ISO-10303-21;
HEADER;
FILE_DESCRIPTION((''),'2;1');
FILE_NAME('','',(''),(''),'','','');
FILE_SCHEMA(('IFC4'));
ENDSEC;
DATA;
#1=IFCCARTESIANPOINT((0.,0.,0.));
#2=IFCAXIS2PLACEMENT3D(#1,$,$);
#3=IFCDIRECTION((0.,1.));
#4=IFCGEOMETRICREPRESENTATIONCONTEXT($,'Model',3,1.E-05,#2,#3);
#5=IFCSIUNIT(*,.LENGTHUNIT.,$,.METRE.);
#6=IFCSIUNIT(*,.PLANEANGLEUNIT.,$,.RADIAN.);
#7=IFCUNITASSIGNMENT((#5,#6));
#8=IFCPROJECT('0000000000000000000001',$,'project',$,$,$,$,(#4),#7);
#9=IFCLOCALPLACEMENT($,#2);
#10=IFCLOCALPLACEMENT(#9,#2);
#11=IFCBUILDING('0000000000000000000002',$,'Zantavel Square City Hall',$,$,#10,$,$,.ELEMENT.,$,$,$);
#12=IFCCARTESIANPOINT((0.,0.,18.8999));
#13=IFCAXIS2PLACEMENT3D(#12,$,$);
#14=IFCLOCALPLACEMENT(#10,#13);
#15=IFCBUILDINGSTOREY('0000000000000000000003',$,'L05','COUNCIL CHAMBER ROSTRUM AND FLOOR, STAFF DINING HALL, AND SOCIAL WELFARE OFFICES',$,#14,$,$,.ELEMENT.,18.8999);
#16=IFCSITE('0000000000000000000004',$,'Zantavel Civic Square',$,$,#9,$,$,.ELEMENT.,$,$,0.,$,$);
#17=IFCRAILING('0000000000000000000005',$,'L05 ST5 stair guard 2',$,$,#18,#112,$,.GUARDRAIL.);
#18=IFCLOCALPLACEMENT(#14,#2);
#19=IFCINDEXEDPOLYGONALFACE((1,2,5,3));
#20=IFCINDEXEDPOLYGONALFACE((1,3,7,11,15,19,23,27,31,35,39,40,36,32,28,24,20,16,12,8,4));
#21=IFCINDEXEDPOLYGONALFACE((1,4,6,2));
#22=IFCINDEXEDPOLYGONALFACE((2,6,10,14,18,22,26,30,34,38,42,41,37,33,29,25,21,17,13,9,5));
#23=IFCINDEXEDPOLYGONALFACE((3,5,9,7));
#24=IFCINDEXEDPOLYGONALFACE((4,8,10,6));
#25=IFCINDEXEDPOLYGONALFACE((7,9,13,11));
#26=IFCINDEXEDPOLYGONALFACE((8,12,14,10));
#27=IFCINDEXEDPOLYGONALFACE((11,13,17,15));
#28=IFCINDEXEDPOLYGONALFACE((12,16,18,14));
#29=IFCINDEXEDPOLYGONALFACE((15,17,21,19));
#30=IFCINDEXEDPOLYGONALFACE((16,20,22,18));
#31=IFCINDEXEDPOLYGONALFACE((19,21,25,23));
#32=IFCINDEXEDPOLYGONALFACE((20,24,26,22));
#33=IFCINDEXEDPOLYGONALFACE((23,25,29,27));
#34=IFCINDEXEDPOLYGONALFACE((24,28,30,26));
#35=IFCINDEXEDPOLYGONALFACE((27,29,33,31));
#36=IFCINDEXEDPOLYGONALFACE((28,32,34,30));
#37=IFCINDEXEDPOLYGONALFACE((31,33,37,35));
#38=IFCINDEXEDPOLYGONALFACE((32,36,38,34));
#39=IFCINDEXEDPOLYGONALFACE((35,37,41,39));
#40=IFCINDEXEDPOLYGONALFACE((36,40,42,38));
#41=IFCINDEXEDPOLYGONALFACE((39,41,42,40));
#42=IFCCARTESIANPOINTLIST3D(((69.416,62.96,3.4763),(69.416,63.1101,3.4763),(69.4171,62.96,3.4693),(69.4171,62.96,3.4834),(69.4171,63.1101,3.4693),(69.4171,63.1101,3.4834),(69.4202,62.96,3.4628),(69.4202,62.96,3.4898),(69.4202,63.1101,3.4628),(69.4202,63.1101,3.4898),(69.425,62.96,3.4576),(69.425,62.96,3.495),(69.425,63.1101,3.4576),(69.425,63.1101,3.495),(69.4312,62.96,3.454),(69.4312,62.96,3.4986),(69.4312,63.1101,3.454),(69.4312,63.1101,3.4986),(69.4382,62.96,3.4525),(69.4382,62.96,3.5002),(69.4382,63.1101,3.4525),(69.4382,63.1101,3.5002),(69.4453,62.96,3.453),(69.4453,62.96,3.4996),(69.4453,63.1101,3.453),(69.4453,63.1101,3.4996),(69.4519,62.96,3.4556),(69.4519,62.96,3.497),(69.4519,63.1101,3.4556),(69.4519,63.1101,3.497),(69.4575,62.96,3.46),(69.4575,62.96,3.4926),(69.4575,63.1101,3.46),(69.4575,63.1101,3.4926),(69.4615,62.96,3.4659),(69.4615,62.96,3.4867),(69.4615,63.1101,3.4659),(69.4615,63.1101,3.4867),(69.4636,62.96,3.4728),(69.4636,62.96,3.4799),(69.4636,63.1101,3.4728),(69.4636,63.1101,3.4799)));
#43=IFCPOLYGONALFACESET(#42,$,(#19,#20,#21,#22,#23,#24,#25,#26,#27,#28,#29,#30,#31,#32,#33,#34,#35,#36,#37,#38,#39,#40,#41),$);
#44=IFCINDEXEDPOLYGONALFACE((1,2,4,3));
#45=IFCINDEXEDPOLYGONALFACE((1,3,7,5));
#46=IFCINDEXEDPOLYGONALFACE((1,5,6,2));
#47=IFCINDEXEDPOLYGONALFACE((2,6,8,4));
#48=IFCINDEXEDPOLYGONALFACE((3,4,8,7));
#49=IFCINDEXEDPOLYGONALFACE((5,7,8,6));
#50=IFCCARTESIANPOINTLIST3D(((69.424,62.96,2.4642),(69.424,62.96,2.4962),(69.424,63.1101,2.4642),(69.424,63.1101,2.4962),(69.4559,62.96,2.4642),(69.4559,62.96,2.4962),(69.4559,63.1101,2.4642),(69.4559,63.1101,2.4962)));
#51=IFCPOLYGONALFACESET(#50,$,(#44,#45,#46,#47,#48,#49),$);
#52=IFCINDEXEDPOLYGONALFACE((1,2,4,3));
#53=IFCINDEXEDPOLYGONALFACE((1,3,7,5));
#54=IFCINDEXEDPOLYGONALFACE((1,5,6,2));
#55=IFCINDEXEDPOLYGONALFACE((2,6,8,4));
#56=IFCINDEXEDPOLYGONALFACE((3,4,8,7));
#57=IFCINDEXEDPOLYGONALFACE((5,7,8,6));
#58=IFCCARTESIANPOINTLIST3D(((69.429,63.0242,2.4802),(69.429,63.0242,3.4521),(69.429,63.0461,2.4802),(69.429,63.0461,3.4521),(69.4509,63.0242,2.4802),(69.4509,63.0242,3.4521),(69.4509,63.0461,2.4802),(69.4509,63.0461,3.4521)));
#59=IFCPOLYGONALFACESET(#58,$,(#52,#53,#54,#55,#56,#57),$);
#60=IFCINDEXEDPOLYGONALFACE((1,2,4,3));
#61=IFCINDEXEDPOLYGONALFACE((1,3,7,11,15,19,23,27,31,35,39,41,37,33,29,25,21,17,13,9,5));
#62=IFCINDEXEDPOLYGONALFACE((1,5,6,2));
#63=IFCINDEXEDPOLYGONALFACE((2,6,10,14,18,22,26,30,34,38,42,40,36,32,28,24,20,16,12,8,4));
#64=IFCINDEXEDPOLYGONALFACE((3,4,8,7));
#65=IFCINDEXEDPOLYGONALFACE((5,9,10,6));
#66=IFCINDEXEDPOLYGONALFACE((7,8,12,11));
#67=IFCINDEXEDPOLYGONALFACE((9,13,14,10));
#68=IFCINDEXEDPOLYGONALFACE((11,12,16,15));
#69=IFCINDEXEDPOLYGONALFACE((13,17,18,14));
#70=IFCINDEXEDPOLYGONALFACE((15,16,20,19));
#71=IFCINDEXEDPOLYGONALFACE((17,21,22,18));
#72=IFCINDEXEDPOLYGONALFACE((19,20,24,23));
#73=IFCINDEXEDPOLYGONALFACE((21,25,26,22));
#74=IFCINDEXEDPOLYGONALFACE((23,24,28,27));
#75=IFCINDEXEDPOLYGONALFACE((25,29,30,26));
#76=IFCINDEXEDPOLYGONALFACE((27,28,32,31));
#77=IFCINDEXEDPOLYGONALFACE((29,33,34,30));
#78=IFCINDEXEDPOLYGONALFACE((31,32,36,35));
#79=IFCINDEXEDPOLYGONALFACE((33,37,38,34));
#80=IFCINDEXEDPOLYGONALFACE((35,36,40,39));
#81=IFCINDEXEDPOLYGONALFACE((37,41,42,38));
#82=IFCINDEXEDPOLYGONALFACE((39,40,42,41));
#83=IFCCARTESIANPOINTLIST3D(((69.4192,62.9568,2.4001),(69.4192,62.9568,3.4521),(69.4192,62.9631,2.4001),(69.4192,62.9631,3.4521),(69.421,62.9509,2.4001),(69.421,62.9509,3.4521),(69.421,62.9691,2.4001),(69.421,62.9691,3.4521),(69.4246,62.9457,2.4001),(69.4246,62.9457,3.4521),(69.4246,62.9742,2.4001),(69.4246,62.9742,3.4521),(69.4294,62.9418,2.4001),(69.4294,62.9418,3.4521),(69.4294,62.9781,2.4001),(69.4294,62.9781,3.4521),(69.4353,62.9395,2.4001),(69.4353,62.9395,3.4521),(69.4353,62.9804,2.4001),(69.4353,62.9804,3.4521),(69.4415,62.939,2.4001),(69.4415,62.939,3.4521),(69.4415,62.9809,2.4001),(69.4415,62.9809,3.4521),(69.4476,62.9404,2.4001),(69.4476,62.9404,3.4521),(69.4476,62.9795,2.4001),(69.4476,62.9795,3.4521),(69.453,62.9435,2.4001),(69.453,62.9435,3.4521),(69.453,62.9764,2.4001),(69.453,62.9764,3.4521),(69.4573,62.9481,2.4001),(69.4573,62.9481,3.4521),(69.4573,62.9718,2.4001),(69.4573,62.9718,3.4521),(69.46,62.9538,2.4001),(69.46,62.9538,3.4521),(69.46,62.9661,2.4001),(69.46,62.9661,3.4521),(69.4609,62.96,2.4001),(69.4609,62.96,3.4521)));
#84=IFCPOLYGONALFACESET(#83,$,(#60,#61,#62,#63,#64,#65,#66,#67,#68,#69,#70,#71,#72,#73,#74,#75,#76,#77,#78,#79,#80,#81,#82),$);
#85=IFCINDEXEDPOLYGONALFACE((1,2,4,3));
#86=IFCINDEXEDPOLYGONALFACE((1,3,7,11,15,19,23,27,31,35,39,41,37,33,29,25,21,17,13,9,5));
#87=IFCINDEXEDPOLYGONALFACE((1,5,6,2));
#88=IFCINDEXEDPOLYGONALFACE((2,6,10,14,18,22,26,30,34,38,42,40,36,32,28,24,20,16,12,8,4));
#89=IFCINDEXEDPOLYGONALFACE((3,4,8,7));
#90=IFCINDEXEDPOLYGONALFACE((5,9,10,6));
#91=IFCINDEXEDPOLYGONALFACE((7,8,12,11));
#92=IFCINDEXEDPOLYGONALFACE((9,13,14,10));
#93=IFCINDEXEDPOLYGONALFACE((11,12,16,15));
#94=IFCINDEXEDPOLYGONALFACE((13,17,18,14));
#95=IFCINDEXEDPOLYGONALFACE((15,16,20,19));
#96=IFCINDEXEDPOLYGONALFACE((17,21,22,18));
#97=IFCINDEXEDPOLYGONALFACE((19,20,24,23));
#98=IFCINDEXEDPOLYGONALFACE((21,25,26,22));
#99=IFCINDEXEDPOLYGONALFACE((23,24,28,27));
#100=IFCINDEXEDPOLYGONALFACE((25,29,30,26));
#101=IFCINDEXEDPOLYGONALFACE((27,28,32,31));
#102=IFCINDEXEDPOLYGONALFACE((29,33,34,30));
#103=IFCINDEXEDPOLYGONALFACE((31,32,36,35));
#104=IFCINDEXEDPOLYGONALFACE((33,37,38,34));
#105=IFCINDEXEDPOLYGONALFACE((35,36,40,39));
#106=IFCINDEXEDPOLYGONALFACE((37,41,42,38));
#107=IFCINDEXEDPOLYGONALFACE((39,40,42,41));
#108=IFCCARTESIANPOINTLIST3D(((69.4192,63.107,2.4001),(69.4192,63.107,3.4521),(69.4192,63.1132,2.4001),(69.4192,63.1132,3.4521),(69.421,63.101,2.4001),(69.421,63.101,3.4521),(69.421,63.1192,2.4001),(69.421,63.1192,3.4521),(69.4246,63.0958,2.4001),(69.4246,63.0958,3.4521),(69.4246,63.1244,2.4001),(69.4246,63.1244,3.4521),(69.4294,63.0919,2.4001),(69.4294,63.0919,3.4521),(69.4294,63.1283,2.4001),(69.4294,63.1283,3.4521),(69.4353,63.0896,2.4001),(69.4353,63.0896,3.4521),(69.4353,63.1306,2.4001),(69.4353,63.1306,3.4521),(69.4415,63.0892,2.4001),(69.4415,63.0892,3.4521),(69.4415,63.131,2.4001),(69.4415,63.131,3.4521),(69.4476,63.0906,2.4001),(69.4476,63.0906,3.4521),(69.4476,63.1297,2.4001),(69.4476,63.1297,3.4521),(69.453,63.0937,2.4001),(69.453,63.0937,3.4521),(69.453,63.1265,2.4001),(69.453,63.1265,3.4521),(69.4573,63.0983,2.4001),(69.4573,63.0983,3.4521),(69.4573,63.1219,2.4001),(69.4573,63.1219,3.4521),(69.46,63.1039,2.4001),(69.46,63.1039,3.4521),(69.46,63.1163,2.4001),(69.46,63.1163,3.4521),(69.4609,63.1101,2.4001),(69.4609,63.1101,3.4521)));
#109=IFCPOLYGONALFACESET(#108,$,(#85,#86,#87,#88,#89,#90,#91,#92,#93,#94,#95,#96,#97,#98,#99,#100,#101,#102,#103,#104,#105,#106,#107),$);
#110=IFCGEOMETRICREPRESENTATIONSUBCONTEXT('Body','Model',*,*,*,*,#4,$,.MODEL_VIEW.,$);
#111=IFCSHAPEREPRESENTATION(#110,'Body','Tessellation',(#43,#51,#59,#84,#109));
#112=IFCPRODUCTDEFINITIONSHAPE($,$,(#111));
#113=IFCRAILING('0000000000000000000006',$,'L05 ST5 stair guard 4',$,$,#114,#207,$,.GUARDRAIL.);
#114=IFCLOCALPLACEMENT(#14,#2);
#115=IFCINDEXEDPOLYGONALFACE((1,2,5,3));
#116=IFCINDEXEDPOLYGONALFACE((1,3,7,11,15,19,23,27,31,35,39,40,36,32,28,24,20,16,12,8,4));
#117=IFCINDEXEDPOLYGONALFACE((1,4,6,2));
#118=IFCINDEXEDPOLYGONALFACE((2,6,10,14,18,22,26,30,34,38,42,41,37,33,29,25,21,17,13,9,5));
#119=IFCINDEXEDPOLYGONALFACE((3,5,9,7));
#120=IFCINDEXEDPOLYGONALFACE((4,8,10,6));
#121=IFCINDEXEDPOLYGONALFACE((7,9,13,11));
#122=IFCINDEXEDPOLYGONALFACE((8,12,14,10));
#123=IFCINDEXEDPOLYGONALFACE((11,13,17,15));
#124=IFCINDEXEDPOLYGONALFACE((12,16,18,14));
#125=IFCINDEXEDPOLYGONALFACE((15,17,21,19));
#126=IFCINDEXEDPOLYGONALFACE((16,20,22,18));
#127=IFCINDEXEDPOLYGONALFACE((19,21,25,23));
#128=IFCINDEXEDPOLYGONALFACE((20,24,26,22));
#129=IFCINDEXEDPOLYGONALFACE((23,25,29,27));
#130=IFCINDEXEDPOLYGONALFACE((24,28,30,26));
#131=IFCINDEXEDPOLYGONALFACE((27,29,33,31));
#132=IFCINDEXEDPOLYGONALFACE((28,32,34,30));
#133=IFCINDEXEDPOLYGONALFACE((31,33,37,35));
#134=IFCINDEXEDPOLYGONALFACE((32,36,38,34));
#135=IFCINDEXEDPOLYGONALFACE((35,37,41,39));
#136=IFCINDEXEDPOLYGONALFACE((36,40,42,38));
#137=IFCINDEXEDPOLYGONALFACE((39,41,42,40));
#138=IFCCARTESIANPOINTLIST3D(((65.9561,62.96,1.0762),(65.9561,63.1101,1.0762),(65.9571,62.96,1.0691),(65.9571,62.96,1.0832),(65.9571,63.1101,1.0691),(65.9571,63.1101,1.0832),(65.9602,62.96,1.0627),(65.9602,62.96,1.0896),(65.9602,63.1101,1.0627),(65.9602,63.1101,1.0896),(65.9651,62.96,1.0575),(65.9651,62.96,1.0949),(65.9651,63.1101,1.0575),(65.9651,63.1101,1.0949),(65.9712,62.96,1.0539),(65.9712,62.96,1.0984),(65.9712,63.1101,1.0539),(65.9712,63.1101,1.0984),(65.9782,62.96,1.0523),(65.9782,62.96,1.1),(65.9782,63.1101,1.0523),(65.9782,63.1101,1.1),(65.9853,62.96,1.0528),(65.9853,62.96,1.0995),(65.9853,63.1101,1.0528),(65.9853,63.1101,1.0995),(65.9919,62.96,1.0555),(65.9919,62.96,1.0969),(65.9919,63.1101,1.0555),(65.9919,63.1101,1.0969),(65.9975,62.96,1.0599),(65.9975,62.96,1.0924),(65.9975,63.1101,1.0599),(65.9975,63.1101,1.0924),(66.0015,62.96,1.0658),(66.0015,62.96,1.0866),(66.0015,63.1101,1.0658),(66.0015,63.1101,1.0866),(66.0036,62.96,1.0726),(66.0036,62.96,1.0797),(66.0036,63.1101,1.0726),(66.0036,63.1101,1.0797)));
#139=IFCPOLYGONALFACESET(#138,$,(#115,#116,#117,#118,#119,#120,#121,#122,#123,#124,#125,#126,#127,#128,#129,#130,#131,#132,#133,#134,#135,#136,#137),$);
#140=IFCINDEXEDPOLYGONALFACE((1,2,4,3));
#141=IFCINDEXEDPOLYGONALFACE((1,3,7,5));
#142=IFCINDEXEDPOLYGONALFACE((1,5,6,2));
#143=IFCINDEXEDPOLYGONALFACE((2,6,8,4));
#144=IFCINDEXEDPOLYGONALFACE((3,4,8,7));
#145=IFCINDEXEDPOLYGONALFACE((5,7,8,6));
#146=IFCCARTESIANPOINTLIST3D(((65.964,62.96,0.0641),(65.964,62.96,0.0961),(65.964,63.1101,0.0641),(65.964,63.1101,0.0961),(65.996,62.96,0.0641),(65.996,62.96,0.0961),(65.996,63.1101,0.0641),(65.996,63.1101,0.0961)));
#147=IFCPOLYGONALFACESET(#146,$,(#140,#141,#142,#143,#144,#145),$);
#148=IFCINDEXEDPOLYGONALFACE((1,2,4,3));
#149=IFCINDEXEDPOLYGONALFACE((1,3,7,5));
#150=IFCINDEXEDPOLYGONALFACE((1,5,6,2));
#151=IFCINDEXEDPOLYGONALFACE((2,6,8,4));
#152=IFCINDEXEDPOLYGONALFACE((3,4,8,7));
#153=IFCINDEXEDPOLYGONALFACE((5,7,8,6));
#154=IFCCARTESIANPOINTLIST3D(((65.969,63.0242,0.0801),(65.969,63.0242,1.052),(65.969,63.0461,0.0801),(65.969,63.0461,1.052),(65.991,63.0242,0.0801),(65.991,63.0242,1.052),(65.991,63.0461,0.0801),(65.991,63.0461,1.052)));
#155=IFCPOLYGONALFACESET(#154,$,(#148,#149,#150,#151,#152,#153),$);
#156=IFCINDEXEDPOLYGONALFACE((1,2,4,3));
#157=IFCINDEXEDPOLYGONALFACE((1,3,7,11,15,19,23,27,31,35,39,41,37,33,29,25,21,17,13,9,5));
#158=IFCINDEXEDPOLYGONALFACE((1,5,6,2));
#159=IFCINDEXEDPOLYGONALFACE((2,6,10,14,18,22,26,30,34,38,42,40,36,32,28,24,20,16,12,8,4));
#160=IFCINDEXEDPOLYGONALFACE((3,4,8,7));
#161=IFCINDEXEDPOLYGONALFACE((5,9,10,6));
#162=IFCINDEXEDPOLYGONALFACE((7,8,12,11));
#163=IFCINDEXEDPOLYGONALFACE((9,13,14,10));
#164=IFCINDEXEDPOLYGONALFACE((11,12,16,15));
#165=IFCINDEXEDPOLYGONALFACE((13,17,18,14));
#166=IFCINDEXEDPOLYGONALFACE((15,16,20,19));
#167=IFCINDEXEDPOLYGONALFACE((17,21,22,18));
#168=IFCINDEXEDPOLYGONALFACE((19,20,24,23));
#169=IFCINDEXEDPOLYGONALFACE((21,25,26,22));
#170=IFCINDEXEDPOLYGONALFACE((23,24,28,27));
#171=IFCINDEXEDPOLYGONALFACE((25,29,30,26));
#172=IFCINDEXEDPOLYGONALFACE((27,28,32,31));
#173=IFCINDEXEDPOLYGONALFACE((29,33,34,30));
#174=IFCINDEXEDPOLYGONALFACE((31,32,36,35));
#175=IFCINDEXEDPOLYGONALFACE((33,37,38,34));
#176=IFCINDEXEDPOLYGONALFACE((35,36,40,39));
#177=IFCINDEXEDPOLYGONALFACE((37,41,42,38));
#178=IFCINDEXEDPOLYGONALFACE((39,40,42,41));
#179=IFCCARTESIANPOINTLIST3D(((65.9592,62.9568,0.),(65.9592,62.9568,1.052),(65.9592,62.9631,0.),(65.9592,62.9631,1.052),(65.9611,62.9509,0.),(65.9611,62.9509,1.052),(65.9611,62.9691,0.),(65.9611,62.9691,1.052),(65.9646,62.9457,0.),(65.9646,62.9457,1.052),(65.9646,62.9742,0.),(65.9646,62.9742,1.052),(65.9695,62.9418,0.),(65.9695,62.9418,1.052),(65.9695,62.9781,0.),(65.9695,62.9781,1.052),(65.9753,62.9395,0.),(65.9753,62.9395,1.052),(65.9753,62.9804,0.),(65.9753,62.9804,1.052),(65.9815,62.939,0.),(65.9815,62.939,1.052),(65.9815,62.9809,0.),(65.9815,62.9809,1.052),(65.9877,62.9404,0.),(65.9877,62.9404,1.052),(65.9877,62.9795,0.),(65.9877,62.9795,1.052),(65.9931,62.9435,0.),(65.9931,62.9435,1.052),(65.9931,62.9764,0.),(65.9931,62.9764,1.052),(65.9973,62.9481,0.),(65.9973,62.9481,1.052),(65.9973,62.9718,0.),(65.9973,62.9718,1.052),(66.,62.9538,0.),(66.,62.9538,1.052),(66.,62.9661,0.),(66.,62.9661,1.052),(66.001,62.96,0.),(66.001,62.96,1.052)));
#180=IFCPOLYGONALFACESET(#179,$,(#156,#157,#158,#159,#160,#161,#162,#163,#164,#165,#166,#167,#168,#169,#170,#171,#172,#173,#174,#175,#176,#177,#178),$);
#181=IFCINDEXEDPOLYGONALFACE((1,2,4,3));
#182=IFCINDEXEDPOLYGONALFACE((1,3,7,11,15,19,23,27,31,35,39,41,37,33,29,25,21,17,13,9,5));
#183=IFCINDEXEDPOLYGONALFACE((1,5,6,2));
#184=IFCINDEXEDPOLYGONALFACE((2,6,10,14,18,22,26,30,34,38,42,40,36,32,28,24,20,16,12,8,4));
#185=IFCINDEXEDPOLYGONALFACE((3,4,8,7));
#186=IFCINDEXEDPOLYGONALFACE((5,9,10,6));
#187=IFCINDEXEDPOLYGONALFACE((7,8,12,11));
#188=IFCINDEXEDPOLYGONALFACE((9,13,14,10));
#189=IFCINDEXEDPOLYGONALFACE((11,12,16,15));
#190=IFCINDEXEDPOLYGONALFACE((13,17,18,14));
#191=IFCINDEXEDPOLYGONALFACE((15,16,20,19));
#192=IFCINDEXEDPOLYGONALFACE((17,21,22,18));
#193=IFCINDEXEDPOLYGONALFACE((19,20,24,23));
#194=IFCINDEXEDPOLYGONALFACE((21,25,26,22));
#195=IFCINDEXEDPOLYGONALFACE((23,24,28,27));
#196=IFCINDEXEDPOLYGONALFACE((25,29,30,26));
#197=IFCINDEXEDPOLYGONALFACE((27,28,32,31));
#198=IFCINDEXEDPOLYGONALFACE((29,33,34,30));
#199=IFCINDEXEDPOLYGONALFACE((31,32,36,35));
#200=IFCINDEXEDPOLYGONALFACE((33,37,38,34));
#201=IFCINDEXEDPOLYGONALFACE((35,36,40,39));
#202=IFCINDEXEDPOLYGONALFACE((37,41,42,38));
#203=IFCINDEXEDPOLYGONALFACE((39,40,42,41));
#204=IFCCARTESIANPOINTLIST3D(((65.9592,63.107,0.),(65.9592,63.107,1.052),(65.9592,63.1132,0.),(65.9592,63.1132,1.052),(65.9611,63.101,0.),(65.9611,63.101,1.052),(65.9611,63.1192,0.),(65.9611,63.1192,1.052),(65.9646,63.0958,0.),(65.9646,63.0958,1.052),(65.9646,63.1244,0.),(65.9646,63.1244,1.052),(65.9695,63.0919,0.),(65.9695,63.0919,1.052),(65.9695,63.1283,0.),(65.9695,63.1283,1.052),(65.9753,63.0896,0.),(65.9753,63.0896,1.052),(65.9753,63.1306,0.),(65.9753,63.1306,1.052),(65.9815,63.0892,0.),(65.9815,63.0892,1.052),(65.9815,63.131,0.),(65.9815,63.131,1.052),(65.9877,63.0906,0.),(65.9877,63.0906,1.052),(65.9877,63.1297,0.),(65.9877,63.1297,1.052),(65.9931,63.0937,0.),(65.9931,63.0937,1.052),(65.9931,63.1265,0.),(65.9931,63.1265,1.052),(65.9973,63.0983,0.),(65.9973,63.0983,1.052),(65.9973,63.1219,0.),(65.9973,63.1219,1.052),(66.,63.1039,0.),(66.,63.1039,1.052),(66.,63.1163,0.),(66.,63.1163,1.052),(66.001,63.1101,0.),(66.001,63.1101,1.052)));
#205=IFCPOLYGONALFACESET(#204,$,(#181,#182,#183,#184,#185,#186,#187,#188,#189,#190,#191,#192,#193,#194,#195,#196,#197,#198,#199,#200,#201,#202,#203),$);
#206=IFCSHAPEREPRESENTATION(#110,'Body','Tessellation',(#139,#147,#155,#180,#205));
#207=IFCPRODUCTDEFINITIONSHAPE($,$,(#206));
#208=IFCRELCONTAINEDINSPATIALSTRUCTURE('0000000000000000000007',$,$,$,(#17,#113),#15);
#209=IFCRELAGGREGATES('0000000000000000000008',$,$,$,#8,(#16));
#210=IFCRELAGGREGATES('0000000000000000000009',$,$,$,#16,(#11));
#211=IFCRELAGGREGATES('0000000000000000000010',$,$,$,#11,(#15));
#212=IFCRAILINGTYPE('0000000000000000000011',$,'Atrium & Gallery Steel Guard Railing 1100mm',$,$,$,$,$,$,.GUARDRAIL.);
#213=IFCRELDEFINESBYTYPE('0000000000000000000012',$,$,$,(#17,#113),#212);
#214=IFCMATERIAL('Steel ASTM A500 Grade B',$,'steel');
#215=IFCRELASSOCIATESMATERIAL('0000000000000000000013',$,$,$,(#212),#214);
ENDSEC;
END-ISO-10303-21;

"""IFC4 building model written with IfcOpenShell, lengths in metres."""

from ifc_helpers import new_model, si_unit, direction, frame, origin, origin_2d, place, context, subcontext, project, spatial, rectangle, circle, extrude, material, type_object, element, save


model = new_model("IFC4")

# Units and contexts
model_context = context("Model", 3, precision=1e-05, world=origin(), true_north=direction((0.0, 1.0)))
body_context = subcontext(model_context, "Body", "Model", "MODEL_VIEW")
ifc_project = project(units=[si_unit("LENGTHUNIT", "METRE"), si_unit("PLANEANGLEUNIT", "RADIAN")], contexts=[model_context])

# Site, building, storey
site_placement = place(None, origin())
site = spatial("IfcSite", under=ifc_project, at=site_placement, Name="Zantavel Civic Square", CompositionType="ELEMENT", RefElevation=0.0)
building_placement = place(site_placement, origin())
building = spatial("IfcBuilding", under=site, at=building_placement, Name="Zantavel Square City Hall", CompositionType="ELEMENT")
storey_placement = place(building_placement, frame((0.0, 0.0, 18.8999)))
storey = spatial("IfcBuildingStorey", under=building, at=storey_placement, Name="L05", Description="COUNCIL CHAMBER ROSTRUM AND FLOOR, STAFF DINING HALL, AND SOCIAL WELFARE OFFICES", CompositionType="ELEMENT", Elevation=18.8999)

# Shared definitions
ifc_material_1 = material(Name="Steel ASTM A500 Grade B", Category="steel")

# Railings
railing_type_1 = type_object("IfcRailingType", Name="Atrium & Gallery Steel Guard Railing 1100mm", PredefinedType="GUARDRAIL", material=ifc_material_1)
railing_1_placement = place(storey_placement, frame((69.4399, 62.96, 2.4001)))
element("IfcRailing", 1, at=railing_1_placement, inside=storey, type_object=railing_type_1, Name="L05 ST5 stair guard 2", PredefinedType="GUARDRAIL", context=body_context, shape_type="SweptSolid", body=[
    extrude(circle(Radius=0.0239, at=origin_2d()), frame((0.0, 0.0, 1.0762), z_axis=(0.0, 1.0, 0.0), x_axis=(-1.0, 0.0, 0.0)), (0.0, 0.0, 1.0), 0.1501),
    extrude(rectangle(XDim=0.032, YDim=0.032, at=origin_2d()), frame((0.0, 0.0, 0.0801), z_axis=(0.0, 1.0, 0.0), x_axis=(-1.0, 0.0, 0.0)), (0.0, 0.0, 1.0), 0.1501),
    extrude(rectangle(XDim=0.022, YDim=0.022, at=origin_2d()), frame((0.0, 0.0752, 0.0801)), (0.0, 0.0, 1.0), 0.9719),
    extrude(circle(Radius=0.021, at=origin_2d()), origin(), (0.0, 0.0, 1.0), 1.052),
    extrude(circle(Radius=0.021, at=origin_2d()), frame((0.0, 0.1501, 0.0)), (0.0, 0.0, 1.0), 1.052),
])
railing_2_placement = place(storey_placement, frame((65.98, 62.96, 0.0)))
element("IfcRailing", 2, at=railing_2_placement, inside=storey, type_object=railing_type_1, Name="L05 ST5 stair guard 4", PredefinedType="GUARDRAIL", context=body_context, shape_type="SweptSolid", body=[
    extrude(circle(Radius=0.0239, at=origin_2d()), frame((0.0, 0.0, 1.0762), z_axis=(0.0, 1.0, 0.0), x_axis=(-1.0, 0.0, 0.0)), (0.0, 0.0, 1.0), 0.1501),
    extrude(rectangle(XDim=0.032, YDim=0.032, at=origin_2d()), frame((0.0, 0.0, 0.0801), z_axis=(0.0, 1.0, 0.0), x_axis=(-1.0, 0.0, 0.0)), (0.0, 0.0, 1.0), 0.1501),
    extrude(rectangle(XDim=0.022, YDim=0.022, at=origin_2d()), frame((0.0, 0.0752, 0.0801)), (0.0, 0.0, 1.0), 0.9719),
    extrude(circle(Radius=0.021, at=origin_2d()), origin(), (0.0, 0.0, 1.0), 1.052),
    extrude(circle(Radius=0.021, at=origin_2d()), frame((0.0, 0.1501, 0.0)), (0.0, 0.0, 1.0), 1.052),
])

save(model, "model.ifc")
